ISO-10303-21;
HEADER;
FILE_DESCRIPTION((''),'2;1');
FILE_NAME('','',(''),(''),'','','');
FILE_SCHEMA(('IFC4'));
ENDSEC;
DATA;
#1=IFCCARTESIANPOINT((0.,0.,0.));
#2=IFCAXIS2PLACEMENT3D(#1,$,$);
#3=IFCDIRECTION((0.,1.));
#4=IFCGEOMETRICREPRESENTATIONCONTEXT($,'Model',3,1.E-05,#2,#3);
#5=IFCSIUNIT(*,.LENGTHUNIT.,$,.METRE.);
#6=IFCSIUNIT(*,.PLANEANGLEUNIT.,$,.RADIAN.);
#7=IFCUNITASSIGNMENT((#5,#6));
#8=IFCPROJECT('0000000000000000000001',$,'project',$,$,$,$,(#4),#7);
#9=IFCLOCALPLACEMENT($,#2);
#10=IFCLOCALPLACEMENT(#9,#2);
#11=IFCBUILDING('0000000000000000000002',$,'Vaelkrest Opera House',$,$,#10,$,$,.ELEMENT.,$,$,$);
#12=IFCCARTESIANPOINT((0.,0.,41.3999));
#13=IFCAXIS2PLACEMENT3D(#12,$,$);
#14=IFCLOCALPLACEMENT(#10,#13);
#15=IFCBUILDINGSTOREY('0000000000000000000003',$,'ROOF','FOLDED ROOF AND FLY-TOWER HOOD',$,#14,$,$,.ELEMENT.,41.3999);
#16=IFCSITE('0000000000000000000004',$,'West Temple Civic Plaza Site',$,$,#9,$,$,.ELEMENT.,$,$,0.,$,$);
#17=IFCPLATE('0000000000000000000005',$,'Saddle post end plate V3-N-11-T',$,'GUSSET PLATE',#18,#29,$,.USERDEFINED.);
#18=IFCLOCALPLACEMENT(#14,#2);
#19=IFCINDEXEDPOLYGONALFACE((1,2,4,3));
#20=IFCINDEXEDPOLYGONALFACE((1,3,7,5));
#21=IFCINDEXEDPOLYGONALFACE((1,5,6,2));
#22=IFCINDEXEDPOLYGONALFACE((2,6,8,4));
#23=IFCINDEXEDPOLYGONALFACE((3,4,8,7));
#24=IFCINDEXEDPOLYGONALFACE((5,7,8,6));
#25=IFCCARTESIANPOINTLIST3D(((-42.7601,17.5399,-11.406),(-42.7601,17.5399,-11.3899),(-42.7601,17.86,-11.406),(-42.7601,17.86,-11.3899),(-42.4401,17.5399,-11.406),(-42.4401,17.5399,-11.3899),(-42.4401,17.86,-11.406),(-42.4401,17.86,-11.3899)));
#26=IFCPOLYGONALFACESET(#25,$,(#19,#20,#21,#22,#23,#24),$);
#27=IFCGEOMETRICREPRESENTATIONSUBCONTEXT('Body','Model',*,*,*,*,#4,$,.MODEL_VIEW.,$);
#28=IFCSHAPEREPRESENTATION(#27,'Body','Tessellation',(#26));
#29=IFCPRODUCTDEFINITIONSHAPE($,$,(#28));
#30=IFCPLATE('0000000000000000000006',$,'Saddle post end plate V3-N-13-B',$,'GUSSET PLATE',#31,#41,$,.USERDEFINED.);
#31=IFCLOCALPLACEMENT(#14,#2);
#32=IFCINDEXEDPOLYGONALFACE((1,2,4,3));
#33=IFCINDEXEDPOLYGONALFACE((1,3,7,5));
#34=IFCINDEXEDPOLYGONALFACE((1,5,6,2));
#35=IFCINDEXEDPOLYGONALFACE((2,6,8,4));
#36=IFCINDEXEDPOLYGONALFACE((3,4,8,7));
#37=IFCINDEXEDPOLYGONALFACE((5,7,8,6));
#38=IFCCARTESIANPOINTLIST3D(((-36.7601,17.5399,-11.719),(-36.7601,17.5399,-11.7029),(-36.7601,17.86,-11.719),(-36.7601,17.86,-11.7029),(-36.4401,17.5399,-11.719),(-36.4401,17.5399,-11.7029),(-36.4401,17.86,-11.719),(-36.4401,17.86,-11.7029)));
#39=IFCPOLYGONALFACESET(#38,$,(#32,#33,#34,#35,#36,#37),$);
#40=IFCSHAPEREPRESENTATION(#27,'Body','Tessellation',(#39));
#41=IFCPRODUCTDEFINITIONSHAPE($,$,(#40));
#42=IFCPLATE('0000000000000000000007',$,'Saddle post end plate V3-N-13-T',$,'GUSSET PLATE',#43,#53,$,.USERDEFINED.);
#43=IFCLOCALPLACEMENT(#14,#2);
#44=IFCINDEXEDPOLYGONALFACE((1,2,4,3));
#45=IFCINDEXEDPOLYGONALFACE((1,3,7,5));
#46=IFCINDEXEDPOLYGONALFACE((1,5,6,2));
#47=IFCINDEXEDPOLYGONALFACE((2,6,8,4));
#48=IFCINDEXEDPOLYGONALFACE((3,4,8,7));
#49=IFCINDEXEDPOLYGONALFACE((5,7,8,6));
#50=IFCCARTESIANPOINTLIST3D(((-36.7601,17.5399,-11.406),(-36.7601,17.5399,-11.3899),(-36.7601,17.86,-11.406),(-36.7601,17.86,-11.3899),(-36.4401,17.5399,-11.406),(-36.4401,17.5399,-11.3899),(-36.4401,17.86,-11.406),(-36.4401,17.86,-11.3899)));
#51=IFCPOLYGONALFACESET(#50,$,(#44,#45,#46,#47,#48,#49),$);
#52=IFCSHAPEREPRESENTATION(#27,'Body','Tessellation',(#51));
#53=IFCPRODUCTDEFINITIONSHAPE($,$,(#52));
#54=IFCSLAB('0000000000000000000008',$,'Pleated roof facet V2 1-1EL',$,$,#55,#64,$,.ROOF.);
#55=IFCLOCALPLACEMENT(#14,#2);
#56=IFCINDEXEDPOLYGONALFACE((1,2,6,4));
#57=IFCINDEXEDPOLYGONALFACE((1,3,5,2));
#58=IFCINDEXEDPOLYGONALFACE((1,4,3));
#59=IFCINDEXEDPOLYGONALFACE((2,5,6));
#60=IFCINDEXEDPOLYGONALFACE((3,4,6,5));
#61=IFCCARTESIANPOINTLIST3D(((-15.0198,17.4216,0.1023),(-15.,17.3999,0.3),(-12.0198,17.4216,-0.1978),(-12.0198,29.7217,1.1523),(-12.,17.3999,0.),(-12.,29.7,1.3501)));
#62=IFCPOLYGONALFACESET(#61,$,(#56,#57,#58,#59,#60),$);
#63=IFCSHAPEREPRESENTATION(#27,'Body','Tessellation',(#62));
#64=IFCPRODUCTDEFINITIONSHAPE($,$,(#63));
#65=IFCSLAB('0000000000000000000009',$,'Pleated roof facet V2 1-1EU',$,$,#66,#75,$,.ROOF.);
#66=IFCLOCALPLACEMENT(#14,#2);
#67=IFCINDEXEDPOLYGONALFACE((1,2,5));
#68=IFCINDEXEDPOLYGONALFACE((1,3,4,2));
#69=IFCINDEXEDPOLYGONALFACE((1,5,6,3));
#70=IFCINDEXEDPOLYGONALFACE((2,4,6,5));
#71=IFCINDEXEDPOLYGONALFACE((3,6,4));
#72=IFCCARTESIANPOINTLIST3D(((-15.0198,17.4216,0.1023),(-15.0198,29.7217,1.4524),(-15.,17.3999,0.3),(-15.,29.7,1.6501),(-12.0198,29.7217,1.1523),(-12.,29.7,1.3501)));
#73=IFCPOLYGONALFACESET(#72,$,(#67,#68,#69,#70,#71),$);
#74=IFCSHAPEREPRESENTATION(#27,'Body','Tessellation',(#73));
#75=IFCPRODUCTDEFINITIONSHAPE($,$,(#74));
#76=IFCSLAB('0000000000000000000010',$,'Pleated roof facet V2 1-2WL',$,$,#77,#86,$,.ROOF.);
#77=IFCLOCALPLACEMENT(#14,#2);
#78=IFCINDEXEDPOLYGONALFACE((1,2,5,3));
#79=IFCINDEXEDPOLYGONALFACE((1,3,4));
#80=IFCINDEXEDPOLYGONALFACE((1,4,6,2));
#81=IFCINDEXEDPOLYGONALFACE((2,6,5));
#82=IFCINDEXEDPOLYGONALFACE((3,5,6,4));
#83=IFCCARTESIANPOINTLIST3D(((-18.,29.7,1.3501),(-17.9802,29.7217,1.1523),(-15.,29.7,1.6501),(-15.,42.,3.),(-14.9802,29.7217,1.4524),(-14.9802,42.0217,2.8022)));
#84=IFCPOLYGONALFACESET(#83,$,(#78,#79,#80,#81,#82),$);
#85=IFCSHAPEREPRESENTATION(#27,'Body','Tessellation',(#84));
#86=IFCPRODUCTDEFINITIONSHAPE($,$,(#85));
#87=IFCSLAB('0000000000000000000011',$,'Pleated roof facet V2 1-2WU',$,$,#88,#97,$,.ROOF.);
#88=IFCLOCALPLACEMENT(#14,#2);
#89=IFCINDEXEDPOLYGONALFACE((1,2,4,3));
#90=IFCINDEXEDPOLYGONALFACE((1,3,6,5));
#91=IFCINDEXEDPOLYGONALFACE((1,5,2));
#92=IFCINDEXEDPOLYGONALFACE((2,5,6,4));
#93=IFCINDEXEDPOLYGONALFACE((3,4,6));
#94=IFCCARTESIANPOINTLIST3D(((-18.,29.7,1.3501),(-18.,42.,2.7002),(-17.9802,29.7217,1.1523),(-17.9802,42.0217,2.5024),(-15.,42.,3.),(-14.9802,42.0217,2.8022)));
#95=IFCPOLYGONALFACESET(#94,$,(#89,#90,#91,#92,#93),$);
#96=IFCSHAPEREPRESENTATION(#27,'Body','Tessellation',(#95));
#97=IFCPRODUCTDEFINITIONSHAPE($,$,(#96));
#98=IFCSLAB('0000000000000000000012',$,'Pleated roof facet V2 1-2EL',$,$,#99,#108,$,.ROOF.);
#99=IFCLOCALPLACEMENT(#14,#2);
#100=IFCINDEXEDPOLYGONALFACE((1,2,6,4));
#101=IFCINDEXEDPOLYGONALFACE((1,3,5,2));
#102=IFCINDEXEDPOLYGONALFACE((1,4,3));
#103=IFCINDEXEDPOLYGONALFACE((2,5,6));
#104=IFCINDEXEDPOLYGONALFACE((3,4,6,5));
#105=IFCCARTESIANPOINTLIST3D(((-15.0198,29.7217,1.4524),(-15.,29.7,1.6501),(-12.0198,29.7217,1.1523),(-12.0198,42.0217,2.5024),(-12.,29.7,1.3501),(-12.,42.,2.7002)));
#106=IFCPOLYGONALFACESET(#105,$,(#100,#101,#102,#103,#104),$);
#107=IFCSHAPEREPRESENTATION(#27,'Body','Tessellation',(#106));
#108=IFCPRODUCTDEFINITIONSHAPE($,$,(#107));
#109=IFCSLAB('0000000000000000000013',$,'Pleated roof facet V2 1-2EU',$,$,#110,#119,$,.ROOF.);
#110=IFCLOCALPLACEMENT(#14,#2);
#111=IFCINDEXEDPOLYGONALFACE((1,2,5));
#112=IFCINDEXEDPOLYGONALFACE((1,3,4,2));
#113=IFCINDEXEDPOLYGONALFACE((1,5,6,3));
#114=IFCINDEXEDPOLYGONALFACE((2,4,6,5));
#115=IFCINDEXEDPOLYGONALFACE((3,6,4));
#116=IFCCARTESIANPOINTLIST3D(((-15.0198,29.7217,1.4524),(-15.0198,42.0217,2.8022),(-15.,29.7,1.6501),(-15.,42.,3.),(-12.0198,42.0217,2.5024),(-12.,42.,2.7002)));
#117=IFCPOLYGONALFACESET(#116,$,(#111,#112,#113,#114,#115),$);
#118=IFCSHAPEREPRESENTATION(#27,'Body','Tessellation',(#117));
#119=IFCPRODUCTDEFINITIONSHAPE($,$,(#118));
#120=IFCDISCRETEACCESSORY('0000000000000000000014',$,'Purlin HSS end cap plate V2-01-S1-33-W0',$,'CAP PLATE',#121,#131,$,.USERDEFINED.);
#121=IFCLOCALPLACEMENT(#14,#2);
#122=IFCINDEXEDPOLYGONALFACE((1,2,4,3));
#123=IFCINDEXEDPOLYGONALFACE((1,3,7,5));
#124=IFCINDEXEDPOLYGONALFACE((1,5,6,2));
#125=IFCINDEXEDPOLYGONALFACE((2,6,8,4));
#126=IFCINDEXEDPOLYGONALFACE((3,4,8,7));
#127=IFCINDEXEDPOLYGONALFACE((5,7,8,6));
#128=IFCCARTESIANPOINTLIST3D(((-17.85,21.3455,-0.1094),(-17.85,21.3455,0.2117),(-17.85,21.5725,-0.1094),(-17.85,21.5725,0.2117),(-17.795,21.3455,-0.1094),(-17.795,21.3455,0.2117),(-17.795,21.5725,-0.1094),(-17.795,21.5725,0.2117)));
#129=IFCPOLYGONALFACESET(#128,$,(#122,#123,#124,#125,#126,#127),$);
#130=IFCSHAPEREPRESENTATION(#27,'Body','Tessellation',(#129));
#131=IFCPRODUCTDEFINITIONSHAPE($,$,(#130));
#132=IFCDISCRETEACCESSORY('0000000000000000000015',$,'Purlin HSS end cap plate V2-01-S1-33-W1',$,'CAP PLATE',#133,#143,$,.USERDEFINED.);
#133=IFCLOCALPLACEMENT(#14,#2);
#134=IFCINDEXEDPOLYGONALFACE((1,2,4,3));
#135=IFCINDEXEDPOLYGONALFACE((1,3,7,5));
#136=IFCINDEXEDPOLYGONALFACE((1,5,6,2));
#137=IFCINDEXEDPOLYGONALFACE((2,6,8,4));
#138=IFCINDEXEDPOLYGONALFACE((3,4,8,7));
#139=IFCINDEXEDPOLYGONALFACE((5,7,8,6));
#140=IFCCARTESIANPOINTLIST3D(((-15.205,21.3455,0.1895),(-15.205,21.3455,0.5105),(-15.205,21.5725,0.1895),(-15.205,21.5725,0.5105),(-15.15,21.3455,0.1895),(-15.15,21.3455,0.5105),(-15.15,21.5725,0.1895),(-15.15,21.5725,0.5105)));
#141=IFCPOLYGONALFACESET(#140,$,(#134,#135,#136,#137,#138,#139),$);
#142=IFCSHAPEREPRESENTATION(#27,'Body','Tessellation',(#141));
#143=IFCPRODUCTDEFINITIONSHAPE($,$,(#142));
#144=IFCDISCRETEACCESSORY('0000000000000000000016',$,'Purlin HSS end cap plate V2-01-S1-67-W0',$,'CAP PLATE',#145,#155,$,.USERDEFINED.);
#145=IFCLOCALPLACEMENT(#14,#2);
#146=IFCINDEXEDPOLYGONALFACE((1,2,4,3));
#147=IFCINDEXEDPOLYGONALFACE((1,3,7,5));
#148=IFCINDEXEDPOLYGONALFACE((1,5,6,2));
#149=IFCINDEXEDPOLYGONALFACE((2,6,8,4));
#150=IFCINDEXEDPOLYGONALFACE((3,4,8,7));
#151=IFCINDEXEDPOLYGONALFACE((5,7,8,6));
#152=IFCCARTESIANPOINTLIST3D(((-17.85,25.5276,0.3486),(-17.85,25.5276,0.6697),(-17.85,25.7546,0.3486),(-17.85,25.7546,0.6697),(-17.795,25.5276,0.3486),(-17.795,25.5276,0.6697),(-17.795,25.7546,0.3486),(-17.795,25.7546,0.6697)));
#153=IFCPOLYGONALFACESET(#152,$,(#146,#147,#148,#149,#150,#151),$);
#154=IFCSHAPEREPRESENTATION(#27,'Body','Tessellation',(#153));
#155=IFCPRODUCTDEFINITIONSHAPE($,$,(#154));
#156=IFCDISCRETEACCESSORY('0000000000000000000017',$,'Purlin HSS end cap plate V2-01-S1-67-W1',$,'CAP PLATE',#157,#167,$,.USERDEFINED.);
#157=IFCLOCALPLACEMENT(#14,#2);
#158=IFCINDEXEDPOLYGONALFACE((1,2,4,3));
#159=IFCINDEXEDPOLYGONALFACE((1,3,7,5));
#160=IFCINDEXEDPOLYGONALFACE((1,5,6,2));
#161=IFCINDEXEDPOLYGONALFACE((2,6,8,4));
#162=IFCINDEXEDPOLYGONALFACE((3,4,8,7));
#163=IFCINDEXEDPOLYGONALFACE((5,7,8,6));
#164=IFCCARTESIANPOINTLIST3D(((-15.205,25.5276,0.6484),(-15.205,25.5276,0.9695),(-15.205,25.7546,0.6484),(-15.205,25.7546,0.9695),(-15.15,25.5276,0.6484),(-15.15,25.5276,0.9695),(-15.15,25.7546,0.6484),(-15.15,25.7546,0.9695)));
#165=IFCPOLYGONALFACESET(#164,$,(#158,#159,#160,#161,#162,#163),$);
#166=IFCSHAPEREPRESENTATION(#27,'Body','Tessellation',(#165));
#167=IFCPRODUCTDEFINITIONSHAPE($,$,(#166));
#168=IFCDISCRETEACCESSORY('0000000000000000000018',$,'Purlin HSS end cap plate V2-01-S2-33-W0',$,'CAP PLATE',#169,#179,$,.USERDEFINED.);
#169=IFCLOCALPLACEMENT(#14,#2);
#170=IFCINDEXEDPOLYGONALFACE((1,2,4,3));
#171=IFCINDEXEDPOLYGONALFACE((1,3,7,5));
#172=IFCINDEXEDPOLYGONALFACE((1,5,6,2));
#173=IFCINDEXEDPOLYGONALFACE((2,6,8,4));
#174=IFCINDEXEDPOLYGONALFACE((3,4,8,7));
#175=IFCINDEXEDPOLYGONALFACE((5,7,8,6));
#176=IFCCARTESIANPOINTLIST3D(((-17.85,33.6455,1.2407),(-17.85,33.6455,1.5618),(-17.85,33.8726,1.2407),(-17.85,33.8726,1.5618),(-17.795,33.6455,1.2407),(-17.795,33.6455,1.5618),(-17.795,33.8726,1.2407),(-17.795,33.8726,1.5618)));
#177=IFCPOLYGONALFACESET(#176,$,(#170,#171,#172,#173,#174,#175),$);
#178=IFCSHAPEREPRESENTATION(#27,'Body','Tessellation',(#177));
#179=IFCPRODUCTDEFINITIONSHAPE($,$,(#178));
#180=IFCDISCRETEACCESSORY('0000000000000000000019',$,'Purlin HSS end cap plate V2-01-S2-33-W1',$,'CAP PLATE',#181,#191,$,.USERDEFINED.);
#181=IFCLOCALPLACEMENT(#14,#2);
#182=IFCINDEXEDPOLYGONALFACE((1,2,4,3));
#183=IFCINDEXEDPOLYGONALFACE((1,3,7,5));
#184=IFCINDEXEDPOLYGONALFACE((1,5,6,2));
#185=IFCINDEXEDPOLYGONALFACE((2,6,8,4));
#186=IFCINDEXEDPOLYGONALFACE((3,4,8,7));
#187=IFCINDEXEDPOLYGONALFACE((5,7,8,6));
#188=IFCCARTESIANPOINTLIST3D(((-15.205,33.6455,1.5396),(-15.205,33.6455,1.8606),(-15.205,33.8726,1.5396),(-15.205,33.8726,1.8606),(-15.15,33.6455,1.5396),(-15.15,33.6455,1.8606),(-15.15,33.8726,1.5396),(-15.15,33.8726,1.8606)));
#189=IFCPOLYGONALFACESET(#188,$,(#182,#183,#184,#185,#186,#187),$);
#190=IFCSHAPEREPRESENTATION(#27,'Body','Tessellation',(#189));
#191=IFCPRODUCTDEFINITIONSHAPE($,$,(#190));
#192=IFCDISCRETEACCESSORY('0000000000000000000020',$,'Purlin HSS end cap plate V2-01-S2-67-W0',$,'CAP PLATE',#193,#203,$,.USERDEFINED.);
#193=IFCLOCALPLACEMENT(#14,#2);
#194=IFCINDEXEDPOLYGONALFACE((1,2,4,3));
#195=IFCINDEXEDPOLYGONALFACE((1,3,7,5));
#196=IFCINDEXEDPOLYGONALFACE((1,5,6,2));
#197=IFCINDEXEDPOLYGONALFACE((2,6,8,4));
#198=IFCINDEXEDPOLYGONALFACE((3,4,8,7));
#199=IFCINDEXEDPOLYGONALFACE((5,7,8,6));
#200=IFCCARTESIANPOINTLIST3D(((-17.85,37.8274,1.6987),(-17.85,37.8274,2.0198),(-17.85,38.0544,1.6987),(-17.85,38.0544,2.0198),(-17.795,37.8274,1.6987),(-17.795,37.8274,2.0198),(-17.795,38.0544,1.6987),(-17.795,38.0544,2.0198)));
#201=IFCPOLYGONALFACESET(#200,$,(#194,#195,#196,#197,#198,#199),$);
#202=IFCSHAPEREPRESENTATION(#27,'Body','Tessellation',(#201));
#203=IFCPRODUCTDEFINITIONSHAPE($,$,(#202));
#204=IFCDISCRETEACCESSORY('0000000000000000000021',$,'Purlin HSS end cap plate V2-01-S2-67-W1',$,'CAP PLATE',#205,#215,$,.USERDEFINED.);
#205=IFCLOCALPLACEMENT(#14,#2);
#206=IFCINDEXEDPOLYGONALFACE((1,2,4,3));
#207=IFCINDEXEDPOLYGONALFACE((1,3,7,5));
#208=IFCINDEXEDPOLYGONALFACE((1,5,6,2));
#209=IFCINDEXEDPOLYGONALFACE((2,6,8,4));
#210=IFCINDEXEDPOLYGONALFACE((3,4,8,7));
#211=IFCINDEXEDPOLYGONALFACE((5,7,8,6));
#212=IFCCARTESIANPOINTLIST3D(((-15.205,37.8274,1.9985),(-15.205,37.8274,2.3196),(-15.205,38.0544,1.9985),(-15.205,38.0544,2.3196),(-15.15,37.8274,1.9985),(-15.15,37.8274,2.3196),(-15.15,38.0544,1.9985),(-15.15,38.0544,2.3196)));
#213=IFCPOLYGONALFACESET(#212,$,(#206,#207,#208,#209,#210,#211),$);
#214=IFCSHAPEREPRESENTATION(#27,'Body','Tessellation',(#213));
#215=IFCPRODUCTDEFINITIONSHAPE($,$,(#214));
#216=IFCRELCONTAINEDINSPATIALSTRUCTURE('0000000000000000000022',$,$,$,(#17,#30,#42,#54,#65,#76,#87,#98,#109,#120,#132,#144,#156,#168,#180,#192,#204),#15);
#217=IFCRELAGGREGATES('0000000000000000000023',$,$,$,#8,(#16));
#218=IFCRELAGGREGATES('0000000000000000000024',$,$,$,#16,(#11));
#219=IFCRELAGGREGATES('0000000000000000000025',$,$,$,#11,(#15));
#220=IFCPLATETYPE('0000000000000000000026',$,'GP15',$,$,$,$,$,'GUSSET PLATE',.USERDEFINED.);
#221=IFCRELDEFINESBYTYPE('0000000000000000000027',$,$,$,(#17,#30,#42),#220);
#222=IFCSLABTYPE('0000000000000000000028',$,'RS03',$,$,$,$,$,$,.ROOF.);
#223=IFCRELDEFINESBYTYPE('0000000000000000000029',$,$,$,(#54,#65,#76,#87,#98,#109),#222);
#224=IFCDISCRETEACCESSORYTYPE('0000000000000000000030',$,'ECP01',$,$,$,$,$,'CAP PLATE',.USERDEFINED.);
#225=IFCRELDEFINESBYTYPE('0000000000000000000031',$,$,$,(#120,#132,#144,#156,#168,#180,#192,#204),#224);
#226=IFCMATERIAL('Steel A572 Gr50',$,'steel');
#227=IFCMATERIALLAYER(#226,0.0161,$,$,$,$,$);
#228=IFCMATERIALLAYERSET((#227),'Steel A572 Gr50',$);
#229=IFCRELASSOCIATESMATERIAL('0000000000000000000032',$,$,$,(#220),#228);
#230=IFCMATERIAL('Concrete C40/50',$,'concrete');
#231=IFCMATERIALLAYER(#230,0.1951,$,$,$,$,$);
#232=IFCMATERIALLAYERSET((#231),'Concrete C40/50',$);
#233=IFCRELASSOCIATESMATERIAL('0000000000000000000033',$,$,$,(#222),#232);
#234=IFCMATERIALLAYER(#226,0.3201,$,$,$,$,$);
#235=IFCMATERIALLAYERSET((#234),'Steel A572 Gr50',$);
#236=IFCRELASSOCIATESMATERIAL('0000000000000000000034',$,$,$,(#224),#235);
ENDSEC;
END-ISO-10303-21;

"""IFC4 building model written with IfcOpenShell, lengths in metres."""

from ifc_helpers import new_model, si_unit, direction, frame, origin, origin_2d, place, context, subcontext, project, spatial, polyline, rectangle, outline, extrude, material, layer, layer_set, type_object, element, save


model = new_model("IFC4")

# Units and contexts
model_context = context("Model", 3, precision=1e-05, world=origin(), true_north=direction((0.0, 1.0)))
body_context = subcontext(model_context, "Body", "Model", "MODEL_VIEW")
ifc_project = project(units=[si_unit("LENGTHUNIT", "METRE"), si_unit("PLANEANGLEUNIT", "RADIAN")], contexts=[model_context])

# Site, building, storey
site_placement = place(None, origin())
site = spatial("IfcSite", under=ifc_project, at=site_placement, Name="West Temple Civic Plaza Site", CompositionType="ELEMENT", RefElevation=0.0)
building_placement = place(site_placement, origin())
building = spatial("IfcBuilding", under=site, at=building_placement, Name="Vaelkrest Opera House", CompositionType="ELEMENT")
storey_placement = place(building_placement, frame((0.0, 0.0, 41.3999)))
storey = spatial("IfcBuildingStorey", under=building, at=storey_placement, Name="ROOF", Description="FOLDED ROOF AND FLY-TOWER HOOD", CompositionType="ELEMENT", Elevation=41.3999)

# Plates
ifc_material_1 = material(Name="Steel A572 Gr50", Category="steel")
ifc_layer_1 = layer(ifc_material_1, 0.0161)
ifc_layer_set_1 = layer_set([ifc_layer_1], Name="Steel A572 Gr50")
plate_type_1 = type_object("IfcPlateType", Name="GP15", ElementType="GUSSET PLATE", PredefinedType="USERDEFINED", material=ifc_layer_set_1)
for number, where, z_axis, x_axis, name in (
    (1, (-42.6001, 17.7, -11.406), (0.0, 0.0, 1.0), (1.0, 0.0, 0.0), "Saddle post end plate V3-N-11-T"),
    (2, (-36.6001, 17.7, -11.719), (0.0, 0.0, 1.0), (1.0, 0.0, 0.0), "Saddle post end plate V3-N-13-B"),
    (3, (-36.6001, 17.7, -11.406), (0.0, 0.0, 1.0), (1.0, 0.0, 0.0), "Saddle post end plate V3-N-13-T"),
):
    element("IfcPlate", number, at=place(storey_placement, frame(where, z_axis=z_axis, x_axis=x_axis)), inside=storey, type_object=plate_type_1, Name=name, ObjectType="GUSSET PLATE", PredefinedType="USERDEFINED", context=body_context, shape_type="SweptSolid", body=[
        extrude(rectangle(XDim=0.3201, YDim=0.3201, at=origin_2d()), origin(), (0.0, 0.0, 1.0), 0.0161),
    ])

# Slabs
ifc_material_2 = material(Name="Concrete C40/50", Category="concrete")
ifc_layer_2 = layer(ifc_material_2, 0.1951)
ifc_layer_set_2 = layer_set([ifc_layer_2], Name="Concrete C40/50")
slab_type = type_object("IfcSlabType", Name="RS03", PredefinedType="ROOF", material=ifc_layer_set_2)
slab_1_placement = place(storey_placement, frame((-15.0, 17.3999, 0.3), z_axis=(0.098931, -0.108573, 0.989153), x_axis=(0.995036, 0.0, -0.09952)))
element("IfcSlab", 4, at=slab_1_placement, inside=storey, type_object=slab_type, Name="Pleated roof facet V2 1-1EL", PredefinedType="ROOF", context=body_context, shape_type="SweptSolid", body=[
    extrude(outline(polyline([(0.0, 0.0), (3.015, 0.0), (2.8806, 12.3732), (0.0, 0.0)])), origin(), (0.0, 0.0, -1.0), 0.2),
])
slab_2_placement = place(storey_placement, frame((-15.0, 17.3999, 0.3), z_axis=(0.098931, -0.108573, 0.989153), x_axis=(0.236144, 0.968196, 0.082654)))
element("IfcSlab", 5, at=slab_2_placement, inside=storey, type_object=slab_type, Name="Pleated roof facet V2 1-1EU", PredefinedType="ROOF", context=body_context, shape_type="SweptSolid", body=[
    extrude(outline(polyline([(0.0, 0.0), (12.7041, 0.0), (12.0205, 2.9364), (0.0, 0.0)])), origin(), (0.0, 0.0, -1.0), 0.2),
])
slab_3_placement = place(storey_placement, frame((-18.0, 29.7, 1.3501), z_axis=(-0.098932, -0.108554, 0.989156), x_axis=(0.995036, 0.0, 0.09952)))
element("IfcSlab", 6, at=slab_3_placement, inside=storey, type_object=slab_type, Name="Pleated roof facet V2 1-2WL", PredefinedType="ROOF", context=body_context, shape_type="SweptSolid", body=[
    extrude(outline(polyline([(0.0, 0.0), (3.015, 0.0), (3.1493, 12.3732), (0.0, 0.0)])), origin(), (0.0, 0.0, -1.0), 0.2),
])
slab_4_placement = place(storey_placement, frame((-18.0, 29.7, 1.3501), z_axis=(-0.098852, -0.108574, 0.989161), x_axis=(0.234968, 0.963375, 0.129225)))
element("IfcSlab", 7, at=slab_4_placement, inside=storey, type_object=slab_type, Name="Pleated roof facet V2 1-2WU", PredefinedType="ROOF", context=body_context, shape_type="SweptSolid", body=[
    extrude(outline(polyline([(0.0, 0.0), (12.7677, 0.0), (12.024, 2.9218), (0.0, 0.0)])), origin(), (0.0, 0.0, -1.0), 0.2),
])
slab_5_placement = place(storey_placement, frame((-15.0, 29.7, 1.6501), z_axis=(0.098931, -0.108573, 0.989153), x_axis=(0.995036, 0.0, -0.09952)))
element("IfcSlab", 8, at=slab_5_placement, inside=storey, type_object=slab_type, Name="Pleated roof facet V2 1-2EL", PredefinedType="ROOF", context=body_context, shape_type="SweptSolid", body=[
    extrude(outline(polyline([(0.0, 0.0), (3.015, 0.0), (2.8806, 12.3732), (0.0, 0.0)])), origin(), (0.0, 0.0, -1.0), 0.2),
])
slab_6_placement = place(storey_placement, frame((-15.0, 29.7, 1.6501), z_axis=(0.098852, -0.108555, 0.989163), x_axis=(0.236144, 0.968196, 0.082654)))
element("IfcSlab", 9, at=slab_6_placement, inside=storey, type_object=slab_type, Name="Pleated roof facet V2 1-2EU", PredefinedType="ROOF", context=body_context, shape_type="SweptSolid", body=[
    extrude(outline(polyline([(0.0, 0.0), (12.7041, 0.0), (12.0204, 2.9364), (0.0, 0.0)])), origin(), (0.0, 0.0, -1.0), 0.2),
])

# Discrete accessories
ifc_layer_3 = layer(ifc_material_1, 0.3201)
ifc_layer_set_3 = layer_set([ifc_layer_3], Name="Steel A572 Gr50")
discrete_accessory_type = type_object("IfcDiscreteAccessoryType", Name="ECP01", ElementType="CAP PLATE", PredefinedType="USERDEFINED", material=ifc_layer_set_3)
for number, where, z_axis, x_axis, name in (
    (10, (-17.8225, 21.459, -0.1094), (0.0, 0.0, 1.0), (1.0, 0.0, 0.0), "Purlin HSS end cap plate V2-01-S1-33-W0"),
    (11, (-15.1775, 21.459, 0.1895), (0.0, 0.0, 1.0), (1.0, 0.0, 0.0), "Purlin HSS end cap plate V2-01-S1-33-W1"),
    (12, (-17.8225, 25.6411, 0.3486), (0.0, 0.0, 1.0), (1.0, 0.0, 0.0), "Purlin HSS end cap plate V2-01-S1-67-W0"),
    (13, (-15.1775, 25.6411, 0.6484), (0.0, 0.0, 1.0), (1.0, 0.0, 0.0), "Purlin HSS end cap plate V2-01-S1-67-W1"),
    (14, (-17.8225, 33.759, 1.2407), (0.0, 0.0, 1.0), (1.0, 0.0, 0.0), "Purlin HSS end cap plate V2-01-S2-33-W0"),
    (15, (-15.1775, 33.759, 1.5396), (0.0, 0.0, 1.0), (1.0, 0.0, 0.0), "Purlin HSS end cap plate V2-01-S2-33-W1"),
    (16, (-17.8225, 37.9409, 1.6987), (0.0, 0.0, 1.0), (1.0, 0.0, 0.0), "Purlin HSS end cap plate V2-01-S2-67-W0"),
    (17, (-15.1775, 37.9409, 1.9985), (0.0, 0.0, 1.0), (1.0, 0.0, 0.0), "Purlin HSS end cap plate V2-01-S2-67-W1"),
):
    element("IfcDiscreteAccessory", number, at=place(storey_placement, frame(where, z_axis=z_axis, x_axis=x_axis)), inside=storey, type_object=discrete_accessory_type, Name=name, ObjectType="CAP PLATE", PredefinedType="USERDEFINED", context=body_context, shape_type="SweptSolid", body=[
        extrude(rectangle(XDim=0.0549, YDim=0.2271, at=origin_2d()), origin(), (0.0, 0.0, 1.0), 0.321),
    ])

save(model, "model.ifc")
